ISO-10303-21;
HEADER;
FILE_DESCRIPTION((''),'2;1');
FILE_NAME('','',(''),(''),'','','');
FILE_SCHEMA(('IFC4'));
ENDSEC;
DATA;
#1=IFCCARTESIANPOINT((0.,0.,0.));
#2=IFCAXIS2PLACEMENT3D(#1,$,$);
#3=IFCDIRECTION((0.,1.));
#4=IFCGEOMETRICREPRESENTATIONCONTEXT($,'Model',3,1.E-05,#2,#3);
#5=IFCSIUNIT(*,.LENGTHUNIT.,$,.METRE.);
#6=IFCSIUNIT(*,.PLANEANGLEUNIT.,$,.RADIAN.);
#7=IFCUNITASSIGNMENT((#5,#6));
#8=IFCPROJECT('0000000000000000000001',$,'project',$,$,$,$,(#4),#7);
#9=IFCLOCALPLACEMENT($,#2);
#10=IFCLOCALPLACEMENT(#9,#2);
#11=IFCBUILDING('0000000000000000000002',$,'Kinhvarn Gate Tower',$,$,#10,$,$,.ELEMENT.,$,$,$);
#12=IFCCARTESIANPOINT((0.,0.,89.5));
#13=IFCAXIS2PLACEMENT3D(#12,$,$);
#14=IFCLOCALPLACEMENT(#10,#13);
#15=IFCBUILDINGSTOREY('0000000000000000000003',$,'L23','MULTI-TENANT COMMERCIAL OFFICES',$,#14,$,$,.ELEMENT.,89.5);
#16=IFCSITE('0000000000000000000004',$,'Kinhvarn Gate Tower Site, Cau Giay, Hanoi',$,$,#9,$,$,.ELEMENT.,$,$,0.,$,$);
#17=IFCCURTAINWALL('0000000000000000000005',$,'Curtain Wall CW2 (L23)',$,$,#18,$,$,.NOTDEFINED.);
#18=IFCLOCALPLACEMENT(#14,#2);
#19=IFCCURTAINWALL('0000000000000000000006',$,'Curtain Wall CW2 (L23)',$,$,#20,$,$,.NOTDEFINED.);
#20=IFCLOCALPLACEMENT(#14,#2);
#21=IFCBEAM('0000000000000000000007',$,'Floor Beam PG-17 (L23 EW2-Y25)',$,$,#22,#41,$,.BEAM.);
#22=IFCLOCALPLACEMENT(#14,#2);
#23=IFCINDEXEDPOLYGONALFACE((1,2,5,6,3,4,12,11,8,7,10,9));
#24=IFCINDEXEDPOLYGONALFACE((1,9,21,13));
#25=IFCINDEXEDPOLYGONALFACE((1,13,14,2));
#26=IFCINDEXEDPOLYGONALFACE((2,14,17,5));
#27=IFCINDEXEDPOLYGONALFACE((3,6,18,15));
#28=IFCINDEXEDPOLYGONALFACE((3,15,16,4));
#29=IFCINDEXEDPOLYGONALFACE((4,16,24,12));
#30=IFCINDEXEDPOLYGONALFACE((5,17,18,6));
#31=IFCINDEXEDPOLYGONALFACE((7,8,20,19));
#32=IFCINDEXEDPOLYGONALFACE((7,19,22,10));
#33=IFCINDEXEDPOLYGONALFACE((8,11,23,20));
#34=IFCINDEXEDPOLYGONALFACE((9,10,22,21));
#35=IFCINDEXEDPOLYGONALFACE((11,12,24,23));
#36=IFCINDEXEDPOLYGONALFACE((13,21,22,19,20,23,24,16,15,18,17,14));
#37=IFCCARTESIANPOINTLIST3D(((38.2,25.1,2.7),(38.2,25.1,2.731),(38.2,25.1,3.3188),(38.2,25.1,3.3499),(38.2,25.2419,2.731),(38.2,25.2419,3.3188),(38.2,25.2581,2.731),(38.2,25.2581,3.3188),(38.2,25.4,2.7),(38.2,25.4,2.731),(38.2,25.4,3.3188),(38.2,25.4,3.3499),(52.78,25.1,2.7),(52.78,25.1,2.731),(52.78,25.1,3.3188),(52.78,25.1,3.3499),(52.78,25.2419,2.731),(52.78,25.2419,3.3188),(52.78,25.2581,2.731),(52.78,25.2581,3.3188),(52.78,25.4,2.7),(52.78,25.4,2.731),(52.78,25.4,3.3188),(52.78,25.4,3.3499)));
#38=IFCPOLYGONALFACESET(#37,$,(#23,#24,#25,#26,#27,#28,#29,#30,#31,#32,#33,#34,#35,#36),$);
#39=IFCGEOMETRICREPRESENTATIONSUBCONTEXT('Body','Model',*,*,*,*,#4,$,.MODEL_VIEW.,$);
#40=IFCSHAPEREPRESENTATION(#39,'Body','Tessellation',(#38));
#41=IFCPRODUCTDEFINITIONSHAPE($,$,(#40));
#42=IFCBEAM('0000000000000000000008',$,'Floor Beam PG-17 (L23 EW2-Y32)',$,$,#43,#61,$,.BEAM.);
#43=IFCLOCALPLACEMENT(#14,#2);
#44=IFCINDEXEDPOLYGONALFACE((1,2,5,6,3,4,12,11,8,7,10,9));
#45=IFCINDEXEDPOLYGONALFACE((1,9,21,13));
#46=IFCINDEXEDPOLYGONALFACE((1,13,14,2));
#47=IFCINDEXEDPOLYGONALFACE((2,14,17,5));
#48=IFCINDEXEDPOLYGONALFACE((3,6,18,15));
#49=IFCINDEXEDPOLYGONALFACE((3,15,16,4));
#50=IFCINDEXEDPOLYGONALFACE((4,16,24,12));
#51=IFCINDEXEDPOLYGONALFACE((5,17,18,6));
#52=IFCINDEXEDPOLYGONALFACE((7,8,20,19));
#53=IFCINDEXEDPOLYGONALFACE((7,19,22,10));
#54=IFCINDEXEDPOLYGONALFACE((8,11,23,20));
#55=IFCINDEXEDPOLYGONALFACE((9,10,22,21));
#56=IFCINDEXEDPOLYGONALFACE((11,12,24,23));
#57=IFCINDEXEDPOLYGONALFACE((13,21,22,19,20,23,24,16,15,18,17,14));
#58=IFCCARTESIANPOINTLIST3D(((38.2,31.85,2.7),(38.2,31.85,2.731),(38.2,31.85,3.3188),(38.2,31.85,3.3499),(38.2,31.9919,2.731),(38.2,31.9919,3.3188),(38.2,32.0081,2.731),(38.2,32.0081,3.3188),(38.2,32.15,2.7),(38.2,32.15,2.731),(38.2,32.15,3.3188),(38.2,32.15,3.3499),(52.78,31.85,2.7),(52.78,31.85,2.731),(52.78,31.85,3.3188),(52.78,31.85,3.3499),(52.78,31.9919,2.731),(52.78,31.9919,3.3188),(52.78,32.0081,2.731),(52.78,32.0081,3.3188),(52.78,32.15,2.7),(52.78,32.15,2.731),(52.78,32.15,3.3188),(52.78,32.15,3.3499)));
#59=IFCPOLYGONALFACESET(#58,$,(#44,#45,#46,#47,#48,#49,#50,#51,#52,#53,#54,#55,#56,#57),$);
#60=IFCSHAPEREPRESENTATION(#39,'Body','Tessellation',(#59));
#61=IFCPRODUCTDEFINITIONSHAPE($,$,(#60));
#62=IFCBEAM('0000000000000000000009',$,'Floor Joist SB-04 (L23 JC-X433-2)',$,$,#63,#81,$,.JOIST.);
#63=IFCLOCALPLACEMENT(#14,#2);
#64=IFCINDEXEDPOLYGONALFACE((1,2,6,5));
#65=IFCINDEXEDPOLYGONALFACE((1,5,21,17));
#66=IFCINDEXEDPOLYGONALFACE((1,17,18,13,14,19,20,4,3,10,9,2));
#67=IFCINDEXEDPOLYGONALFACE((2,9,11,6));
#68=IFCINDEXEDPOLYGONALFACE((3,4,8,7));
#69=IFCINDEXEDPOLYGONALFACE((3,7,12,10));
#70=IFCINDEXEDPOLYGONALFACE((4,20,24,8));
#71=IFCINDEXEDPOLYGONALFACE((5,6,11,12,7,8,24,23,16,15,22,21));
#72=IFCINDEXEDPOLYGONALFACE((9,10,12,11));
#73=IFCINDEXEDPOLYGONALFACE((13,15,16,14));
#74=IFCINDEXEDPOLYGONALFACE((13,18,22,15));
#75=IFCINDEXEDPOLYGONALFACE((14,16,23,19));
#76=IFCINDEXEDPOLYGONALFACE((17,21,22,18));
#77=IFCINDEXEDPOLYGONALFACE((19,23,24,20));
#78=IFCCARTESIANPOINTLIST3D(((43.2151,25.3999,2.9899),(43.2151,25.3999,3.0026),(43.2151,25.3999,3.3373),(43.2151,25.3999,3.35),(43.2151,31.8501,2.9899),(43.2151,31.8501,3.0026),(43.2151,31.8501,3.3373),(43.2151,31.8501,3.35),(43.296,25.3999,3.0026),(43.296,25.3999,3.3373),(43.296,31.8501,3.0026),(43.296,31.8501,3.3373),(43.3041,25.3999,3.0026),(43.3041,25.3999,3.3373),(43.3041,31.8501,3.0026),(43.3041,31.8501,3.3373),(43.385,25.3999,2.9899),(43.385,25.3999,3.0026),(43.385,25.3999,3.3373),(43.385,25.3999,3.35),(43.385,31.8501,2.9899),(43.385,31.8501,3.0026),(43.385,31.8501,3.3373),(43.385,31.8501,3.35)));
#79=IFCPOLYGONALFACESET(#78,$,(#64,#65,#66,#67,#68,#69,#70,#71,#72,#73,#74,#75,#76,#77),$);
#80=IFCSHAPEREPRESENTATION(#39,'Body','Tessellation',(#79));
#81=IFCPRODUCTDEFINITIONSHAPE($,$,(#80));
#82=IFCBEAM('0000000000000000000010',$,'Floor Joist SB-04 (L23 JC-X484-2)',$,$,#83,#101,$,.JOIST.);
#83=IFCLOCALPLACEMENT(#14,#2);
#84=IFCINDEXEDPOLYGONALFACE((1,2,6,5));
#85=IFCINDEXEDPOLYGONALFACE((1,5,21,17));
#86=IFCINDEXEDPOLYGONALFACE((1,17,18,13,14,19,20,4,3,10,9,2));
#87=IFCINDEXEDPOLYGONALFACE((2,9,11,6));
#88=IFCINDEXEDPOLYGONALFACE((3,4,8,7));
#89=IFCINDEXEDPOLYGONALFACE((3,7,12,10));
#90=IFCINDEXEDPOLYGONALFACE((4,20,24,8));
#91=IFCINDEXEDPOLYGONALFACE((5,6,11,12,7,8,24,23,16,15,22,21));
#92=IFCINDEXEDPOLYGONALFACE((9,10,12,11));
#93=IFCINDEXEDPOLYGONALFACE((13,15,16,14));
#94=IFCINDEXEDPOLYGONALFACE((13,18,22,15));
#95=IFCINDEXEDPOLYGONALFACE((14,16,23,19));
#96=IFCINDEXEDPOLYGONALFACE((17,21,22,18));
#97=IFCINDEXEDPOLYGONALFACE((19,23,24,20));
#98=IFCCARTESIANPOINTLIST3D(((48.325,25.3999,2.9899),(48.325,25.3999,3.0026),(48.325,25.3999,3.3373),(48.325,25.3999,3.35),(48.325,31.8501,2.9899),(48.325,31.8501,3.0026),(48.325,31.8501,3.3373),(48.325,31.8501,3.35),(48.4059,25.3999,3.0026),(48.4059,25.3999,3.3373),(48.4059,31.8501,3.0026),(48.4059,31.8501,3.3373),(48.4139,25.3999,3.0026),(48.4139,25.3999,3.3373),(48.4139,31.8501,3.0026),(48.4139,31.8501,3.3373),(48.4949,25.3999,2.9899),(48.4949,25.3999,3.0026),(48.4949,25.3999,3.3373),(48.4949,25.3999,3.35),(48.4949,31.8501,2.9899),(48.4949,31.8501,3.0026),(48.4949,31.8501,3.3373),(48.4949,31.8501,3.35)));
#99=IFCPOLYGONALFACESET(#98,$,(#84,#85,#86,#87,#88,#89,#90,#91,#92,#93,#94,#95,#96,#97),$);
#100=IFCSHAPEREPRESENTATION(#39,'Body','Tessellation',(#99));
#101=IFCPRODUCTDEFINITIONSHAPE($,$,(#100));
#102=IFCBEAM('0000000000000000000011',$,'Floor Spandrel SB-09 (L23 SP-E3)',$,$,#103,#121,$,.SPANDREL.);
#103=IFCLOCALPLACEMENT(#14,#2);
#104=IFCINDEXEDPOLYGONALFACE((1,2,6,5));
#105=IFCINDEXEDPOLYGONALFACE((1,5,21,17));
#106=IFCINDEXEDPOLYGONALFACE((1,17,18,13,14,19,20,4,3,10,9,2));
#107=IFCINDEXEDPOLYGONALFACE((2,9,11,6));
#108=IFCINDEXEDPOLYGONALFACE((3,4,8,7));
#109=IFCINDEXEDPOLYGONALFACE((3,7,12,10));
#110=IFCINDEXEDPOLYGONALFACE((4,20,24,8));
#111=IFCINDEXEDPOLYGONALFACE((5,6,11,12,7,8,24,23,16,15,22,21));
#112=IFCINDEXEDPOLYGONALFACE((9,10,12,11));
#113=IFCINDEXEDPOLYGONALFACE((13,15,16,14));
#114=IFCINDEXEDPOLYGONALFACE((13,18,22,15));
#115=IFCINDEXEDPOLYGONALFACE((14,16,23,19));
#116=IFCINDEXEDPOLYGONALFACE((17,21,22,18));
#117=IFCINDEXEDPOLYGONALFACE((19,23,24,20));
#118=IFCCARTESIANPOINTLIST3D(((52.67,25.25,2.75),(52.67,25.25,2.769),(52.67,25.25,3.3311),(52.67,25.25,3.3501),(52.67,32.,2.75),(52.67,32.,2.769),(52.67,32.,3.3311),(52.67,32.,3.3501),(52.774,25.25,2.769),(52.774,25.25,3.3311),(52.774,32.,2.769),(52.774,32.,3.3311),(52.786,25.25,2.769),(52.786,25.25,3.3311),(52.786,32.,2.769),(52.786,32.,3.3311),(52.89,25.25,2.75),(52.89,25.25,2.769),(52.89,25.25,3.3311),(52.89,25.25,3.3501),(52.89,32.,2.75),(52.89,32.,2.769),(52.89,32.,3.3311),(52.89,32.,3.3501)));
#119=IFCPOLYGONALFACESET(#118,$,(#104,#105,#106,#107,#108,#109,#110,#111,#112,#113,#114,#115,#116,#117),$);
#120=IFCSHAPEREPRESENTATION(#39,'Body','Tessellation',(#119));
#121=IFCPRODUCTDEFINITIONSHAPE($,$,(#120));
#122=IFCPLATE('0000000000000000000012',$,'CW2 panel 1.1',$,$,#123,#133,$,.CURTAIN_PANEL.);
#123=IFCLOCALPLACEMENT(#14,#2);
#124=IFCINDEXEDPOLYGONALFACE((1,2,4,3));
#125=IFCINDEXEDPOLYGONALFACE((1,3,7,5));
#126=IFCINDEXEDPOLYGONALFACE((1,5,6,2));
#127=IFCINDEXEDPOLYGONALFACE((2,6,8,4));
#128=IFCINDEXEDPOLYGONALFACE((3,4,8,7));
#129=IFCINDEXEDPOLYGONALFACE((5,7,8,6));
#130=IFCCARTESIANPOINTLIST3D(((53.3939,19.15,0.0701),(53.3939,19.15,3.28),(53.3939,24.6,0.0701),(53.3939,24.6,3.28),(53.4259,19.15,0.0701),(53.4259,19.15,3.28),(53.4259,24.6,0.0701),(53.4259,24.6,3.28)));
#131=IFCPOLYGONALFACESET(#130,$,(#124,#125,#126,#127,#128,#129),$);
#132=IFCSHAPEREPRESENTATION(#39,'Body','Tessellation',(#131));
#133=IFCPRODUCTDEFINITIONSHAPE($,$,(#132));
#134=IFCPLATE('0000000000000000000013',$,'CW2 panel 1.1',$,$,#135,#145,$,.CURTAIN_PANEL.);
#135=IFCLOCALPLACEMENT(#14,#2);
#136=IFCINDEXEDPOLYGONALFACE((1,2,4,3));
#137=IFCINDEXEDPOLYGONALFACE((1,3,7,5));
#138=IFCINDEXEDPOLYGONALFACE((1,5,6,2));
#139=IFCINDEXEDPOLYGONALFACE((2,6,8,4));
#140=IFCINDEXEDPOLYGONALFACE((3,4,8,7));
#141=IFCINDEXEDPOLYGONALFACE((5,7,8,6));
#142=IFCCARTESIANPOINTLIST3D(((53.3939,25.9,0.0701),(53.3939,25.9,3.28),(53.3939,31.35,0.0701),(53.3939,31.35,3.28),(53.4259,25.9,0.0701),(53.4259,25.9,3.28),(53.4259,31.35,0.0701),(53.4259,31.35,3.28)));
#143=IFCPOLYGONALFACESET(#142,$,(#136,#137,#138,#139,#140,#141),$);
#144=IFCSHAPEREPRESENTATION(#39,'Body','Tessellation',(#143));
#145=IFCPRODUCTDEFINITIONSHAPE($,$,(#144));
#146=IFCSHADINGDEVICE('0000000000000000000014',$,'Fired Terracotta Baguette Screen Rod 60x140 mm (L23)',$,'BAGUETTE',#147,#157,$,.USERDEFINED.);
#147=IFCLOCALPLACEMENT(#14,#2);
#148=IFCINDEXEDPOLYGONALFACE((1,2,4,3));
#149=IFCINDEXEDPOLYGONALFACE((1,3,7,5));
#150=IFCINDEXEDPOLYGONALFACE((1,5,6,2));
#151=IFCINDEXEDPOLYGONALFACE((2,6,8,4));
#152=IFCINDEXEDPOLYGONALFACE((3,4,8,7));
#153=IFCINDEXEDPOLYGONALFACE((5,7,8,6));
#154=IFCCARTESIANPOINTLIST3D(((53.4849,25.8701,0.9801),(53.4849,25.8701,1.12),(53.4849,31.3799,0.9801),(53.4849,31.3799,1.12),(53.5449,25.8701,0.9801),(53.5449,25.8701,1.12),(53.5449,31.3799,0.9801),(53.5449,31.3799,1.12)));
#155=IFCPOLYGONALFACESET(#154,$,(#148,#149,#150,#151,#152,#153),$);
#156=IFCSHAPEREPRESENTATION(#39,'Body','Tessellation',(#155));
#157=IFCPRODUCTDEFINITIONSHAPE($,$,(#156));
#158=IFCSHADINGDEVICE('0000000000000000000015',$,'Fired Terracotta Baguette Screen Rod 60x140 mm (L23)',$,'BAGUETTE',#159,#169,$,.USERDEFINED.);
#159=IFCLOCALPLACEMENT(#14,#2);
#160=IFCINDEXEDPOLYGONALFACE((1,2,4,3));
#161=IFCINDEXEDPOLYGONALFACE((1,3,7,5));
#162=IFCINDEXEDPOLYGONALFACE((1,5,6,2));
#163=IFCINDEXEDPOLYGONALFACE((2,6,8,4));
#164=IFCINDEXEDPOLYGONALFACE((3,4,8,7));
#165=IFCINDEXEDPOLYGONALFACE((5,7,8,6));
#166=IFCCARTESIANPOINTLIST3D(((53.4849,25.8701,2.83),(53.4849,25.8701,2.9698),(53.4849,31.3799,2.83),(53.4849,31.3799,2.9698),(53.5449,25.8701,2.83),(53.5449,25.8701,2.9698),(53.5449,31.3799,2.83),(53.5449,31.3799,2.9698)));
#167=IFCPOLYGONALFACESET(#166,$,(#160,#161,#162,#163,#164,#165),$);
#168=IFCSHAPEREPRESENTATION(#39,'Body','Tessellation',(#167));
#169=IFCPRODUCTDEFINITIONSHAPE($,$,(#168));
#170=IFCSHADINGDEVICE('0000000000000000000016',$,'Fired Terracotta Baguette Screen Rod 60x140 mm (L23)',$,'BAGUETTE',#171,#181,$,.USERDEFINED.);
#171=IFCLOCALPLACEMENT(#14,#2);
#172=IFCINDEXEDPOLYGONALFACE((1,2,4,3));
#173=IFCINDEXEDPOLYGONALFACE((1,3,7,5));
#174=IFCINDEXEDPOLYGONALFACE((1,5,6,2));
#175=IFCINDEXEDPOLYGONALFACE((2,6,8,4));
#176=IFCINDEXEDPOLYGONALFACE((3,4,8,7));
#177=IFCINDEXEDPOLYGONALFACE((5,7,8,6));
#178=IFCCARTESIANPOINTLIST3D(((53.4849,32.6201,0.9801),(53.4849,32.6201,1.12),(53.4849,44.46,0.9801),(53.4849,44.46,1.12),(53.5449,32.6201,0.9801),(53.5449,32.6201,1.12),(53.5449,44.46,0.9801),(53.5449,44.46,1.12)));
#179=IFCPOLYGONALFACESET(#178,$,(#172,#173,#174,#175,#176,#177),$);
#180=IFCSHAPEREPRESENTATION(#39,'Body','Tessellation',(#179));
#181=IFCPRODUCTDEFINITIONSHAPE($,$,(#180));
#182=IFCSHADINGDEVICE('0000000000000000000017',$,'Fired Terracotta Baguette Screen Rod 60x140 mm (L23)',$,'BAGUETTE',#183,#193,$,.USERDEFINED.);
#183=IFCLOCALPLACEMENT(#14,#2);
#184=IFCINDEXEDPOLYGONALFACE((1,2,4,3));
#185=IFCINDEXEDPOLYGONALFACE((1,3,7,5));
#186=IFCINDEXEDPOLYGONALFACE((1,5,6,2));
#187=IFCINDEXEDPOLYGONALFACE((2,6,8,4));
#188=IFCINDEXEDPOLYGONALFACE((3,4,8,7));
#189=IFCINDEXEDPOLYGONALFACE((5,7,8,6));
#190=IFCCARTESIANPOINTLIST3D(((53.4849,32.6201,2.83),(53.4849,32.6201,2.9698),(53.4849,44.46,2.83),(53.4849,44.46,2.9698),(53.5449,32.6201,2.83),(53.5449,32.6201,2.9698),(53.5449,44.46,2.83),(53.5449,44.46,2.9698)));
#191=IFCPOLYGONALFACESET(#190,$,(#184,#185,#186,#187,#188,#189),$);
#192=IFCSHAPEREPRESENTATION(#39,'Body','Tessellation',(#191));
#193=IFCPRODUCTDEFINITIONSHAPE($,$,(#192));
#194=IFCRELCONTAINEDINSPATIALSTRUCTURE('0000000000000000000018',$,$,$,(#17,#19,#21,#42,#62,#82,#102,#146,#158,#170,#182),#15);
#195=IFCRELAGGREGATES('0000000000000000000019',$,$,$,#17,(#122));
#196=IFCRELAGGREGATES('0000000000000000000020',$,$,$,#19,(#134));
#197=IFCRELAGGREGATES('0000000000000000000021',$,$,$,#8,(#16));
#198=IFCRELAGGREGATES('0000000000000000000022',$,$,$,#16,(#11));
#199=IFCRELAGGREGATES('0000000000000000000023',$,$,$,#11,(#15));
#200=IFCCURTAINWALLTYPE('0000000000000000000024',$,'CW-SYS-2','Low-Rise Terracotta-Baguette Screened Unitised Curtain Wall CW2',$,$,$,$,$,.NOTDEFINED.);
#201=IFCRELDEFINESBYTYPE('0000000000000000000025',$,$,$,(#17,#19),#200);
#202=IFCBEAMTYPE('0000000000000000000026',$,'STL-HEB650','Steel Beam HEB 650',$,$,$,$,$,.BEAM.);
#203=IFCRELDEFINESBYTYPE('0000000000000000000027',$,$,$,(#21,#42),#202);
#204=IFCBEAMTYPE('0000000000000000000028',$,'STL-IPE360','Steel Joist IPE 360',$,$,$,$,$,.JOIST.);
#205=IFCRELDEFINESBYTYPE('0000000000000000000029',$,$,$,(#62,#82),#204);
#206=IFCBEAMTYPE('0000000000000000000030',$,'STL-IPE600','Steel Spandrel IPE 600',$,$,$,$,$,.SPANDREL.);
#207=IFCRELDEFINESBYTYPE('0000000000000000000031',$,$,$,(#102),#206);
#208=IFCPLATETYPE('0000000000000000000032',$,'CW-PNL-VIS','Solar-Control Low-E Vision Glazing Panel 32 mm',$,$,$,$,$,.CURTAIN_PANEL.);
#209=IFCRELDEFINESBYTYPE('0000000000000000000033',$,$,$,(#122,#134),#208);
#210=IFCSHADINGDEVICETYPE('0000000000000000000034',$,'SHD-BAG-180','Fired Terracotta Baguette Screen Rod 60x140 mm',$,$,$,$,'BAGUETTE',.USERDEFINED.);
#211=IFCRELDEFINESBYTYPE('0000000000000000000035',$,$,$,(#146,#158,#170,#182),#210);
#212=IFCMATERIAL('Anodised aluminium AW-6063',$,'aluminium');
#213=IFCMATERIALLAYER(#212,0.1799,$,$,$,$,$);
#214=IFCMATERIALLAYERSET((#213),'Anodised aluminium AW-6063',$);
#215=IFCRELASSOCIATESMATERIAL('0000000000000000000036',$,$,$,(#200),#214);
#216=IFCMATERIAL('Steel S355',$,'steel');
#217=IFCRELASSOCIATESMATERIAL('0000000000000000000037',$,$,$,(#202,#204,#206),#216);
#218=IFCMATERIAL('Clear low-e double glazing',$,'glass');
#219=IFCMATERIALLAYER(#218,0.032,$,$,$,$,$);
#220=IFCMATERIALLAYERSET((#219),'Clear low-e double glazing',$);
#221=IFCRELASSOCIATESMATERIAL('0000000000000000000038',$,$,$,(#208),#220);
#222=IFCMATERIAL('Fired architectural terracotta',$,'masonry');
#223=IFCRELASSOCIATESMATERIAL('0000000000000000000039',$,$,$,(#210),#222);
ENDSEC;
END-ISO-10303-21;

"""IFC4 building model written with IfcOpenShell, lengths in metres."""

from ifc_helpers import new_model, si_unit, direction, frame, origin, origin_2d, place, context, subcontext, project, spatial, rectangle, i_section, extrude, material, layer, layer_set, material_profile, profile_set, type_object, element, aggregate, save


model = new_model("IFC4")

# Units and contexts
model_context = context("Model", 3, precision=1e-05, world=origin(), true_north=direction((0.0, 1.0)))
body_context = subcontext(model_context, "Body", "Model", "MODEL_VIEW")
ifc_project = project(units=[si_unit("LENGTHUNIT", "METRE"), si_unit("PLANEANGLEUNIT", "RADIAN")], contexts=[model_context])

# Site, building, storey
site_placement = place(None, origin())
site = spatial("IfcSite", under=ifc_project, at=site_placement, Name="Kinhvarn Gate Tower Site, Cau Giay, Hanoi", CompositionType="ELEMENT", RefElevation=0.0)
building_placement = place(site_placement, origin())
building = spatial("IfcBuilding", under=site, at=building_placement, Name="Kinhvarn Gate Tower", CompositionType="ELEMENT")
storey_placement = place(building_placement, frame((0.0, 0.0, 89.5)))
storey = spatial("IfcBuildingStorey", under=building, at=storey_placement, Name="L23", Description="MULTI-TENANT COMMERCIAL OFFICES", CompositionType="ELEMENT", Elevation=89.5)

# Curtain wall
ifc_material_1 = material(Name="Anodised aluminium AW-6063", Category="aluminium")
ifc_layer_1 = layer(ifc_material_1, 0.1799)
ifc_layer_set_1 = layer_set([ifc_layer_1], Name="Anodised aluminium AW-6063")
curtain_wall_type = type_object("IfcCurtainWallType", Name="CW-SYS-2", Description="Low-Rise Terracotta-Baguette Screened Unitised Curtain Wall CW2", PredefinedType="NOTDEFINED", material=ifc_layer_set_1)
curtain_wall_1_placement = place(storey_placement, origin())
curtain_wall_1 = element("IfcCurtainWall", 1, at=curtain_wall_1_placement, inside=storey, type_object=curtain_wall_type, Name="Curtain Wall CW2 (L23)", PredefinedType="NOTDEFINED")

# Curtain wall
curtain_wall_2_placement = place(storey_placement, origin())
curtain_wall_2 = element("IfcCurtainWall", 2, at=curtain_wall_2_placement, inside=storey, type_object=curtain_wall_type, Name="Curtain Wall CW2 (L23)", PredefinedType="NOTDEFINED")

# Beams
ifc_material_2 = material(Name="Steel S355", Category="steel")
ifc_material_profile_1 = material_profile(ifc_material_2, i_section(OverallWidth=0.3, OverallDepth=0.6499, WebThickness=0.0161, FlangeThickness=0.031, at=origin_2d()), Name="HEB 650")
ifc_profile_set_1 = profile_set([ifc_material_profile_1], Name="Steel S355")
beam_type_1 = type_object("IfcBeamType", Name="STL-HEB650", Description="Steel Beam HEB 650", PredefinedType="BEAM", material=ifc_profile_set_1)
for number, where, z_axis, x_axis, name in (
    (3, (38.2, 25.25, 3.0249), (1.0, 0.0, 0.0), (0.0, 1.0, 0.0), "Floor Beam PG-17 (L23 EW2-Y25)"),
    (4, (38.2, 32.0, 3.0249), (1.0, 0.0, 0.0), (0.0, 1.0, 0.0), "Floor Beam PG-17 (L23 EW2-Y32)"),
):
    element("IfcBeam", number, at=place(storey_placement, frame(where, z_axis=z_axis, x_axis=x_axis)), inside=storey, type_object=beam_type_1, Name=name, PredefinedType="BEAM", context=body_context, shape_type="SweptSolid", body=[
        extrude(i_section(OverallWidth=0.3, OverallDepth=0.6499, WebThickness=0.0161, FlangeThickness=0.031, at=origin_2d()), origin(), (0.0, 0.0, 1.0), 14.5801),
    ])
ifc_material_profile_2 = material_profile(ifc_material_2, i_section(OverallWidth=0.1699, OverallDepth=0.3601, WebThickness=0.0081, FlangeThickness=0.0127, at=origin_2d()), Name="IPE 360")
ifc_profile_set_2 = profile_set([ifc_material_profile_2], Name="Steel S355")
beam_type_2 = type_object("IfcBeamType", Name="STL-IPE360", Description="Steel Joist IPE 360", PredefinedType="JOIST", material=ifc_profile_set_2)
for number, where, z_axis, x_axis, name in (
    (5, (43.3, 25.3999, 3.1699), (0.0, 1.0, 0.0), (-1.0, 0.0, 0.0), "Floor Joist SB-04 (L23 JC-X433-2)"),
    (6, (48.4099, 25.3999, 3.1699), (0.0, 1.0, 0.0), (-1.0, 0.0, 0.0), "Floor Joist SB-04 (L23 JC-X484-2)"),
):
    element("IfcBeam", number, at=place(storey_placement, frame(where, z_axis=z_axis, x_axis=x_axis)), inside=storey, type_object=beam_type_2, Name=name, PredefinedType="JOIST", context=body_context, shape_type="SweptSolid", body=[
        extrude(i_section(OverallWidth=0.1699, OverallDepth=0.3601, WebThickness=0.0081, FlangeThickness=0.0127, at=origin_2d()), origin(), (0.0, 0.0, 1.0), 6.4502),
    ])
ifc_material_profile_3 = material_profile(ifc_material_2, i_section(OverallWidth=0.22, OverallDepth=0.6001, WebThickness=0.012, FlangeThickness=0.019, at=origin_2d()), Name="IPE 600")
ifc_profile_set_3 = profile_set([ifc_material_profile_3], Name="Steel S355")
beam_type_3 = type_object("IfcBeamType", Name="STL-IPE600", Description="Steel Spandrel IPE 600", PredefinedType="SPANDREL", material=ifc_profile_set_3)
beam_1_placement = place(storey_placement, frame((52.78, 25.25, 3.05), z_axis=(0.0, 1.0, 0.0), x_axis=(-1.0, 0.0, 0.0)))
element("IfcBeam", 7, at=beam_1_placement, inside=storey, type_object=beam_type_3, Name="Floor Spandrel SB-09 (L23 SP-E3)", PredefinedType="SPANDREL", context=body_context, shape_type="SweptSolid", body=[
    extrude(i_section(OverallWidth=0.22, OverallDepth=0.6001, WebThickness=0.012, FlangeThickness=0.019, at=origin_2d()), origin(), (0.0, 0.0, 1.0), 6.75),
])

# Plates
ifc_material_3 = material(Name="Clear low-e double glazing", Category="glass")
ifc_layer_2 = layer(ifc_material_3, 0.032)
ifc_layer_set_2 = layer_set([ifc_layer_2], Name="Clear low-e double glazing")
plate_type = type_object("IfcPlateType", Name="CW-PNL-VIS", Description="Solar-Control Low-E Vision Glazing Panel 32 mm", PredefinedType="CURTAIN_PANEL", material=ifc_layer_set_2)
plate_1_placement = place(storey_placement, frame((53.4099, 21.875, 0.0701), z_axis=(0.0, 0.0, 1.0), x_axis=(0.0, 1.0, 0.0)))
plate_1 = element("IfcPlate", 8, at=plate_1_placement, type_object=plate_type, Name="CW2 panel 1.1", PredefinedType="CURTAIN_PANEL", context=body_context, shape_type="SweptSolid", body=[
    extrude(rectangle(XDim=5.45, YDim=0.032, at=origin_2d()), origin(), (0.0, 0.0, 1.0), 3.21),
])
aggregate(curtain_wall_1, [plate_1])
plate_2_placement = place(storey_placement, frame((53.4099, 28.625, 0.0701), z_axis=(0.0, 0.0, 1.0), x_axis=(0.0, 1.0, 0.0)))
plate_2 = element("IfcPlate", 9, at=plate_2_placement, type_object=plate_type, Name="CW2 panel 1.1", PredefinedType="CURTAIN_PANEL", context=body_context, shape_type="SweptSolid", body=[
    extrude(rectangle(XDim=5.45, YDim=0.032, at=origin_2d()), origin(), (0.0, 0.0, 1.0), 3.21),
])
aggregate(curtain_wall_2, [plate_2])

# Shading devices
ifc_material_4 = material(Name="Fired architectural terracotta", Category="masonry")
ifc_material_profile_4 = material_profile(ifc_material_4, rectangle(XDim=0.0601, YDim=0.1399, at=origin_2d()), Name="TC 60x140")
ifc_profile_set_4 = profile_set([ifc_material_profile_4], Name="Fired architectural terracotta")
shading_device_type = type_object("IfcShadingDeviceType", Name="SHD-BAG-180", Description="Fired Terracotta Baguette Screen Rod 60x140 mm", ElementType="BAGUETTE", PredefinedType="USERDEFINED", material=ifc_profile_set_4)
for number, where, z_axis, x_axis, name in (
    (10, (53.5149, 25.8701, 1.05), (0.0, 1.0, 0.0), (-1.0, 0.0, 0.0), "Fired Terracotta Baguette Screen Rod 60x140 mm (L23)"),
    (11, (53.5149, 25.8701, 2.8999), (0.0, 1.0, 0.0), (-1.0, 0.0, 0.0), "Fired Terracotta Baguette Screen Rod 60x140 mm (L23)"),
):
    element("IfcShadingDevice", number, at=place(storey_placement, frame(where, z_axis=z_axis, x_axis=x_axis)), inside=storey, type_object=shading_device_type, Name=name, ObjectType="BAGUETTE", PredefinedType="USERDEFINED", context=body_context, shape_type="SweptSolid", body=[
        extrude(rectangle(XDim=0.0601, YDim=0.1399, at=origin_2d()), origin(), (0.0, 0.0, 1.0), 5.5098),
    ])
for number, where, z_axis, x_axis, name in (
    (12, (53.5149, 32.6201, 1.05), (0.0, 1.0, 0.0), (-1.0, 0.0, 0.0), "Fired Terracotta Baguette Screen Rod 60x140 mm (L23)"),
    (13, (53.5149, 32.6201, 2.8999), (0.0, 1.0, 0.0), (-1.0, 0.0, 0.0), "Fired Terracotta Baguette Screen Rod 60x140 mm (L23)"),
):
    element("IfcShadingDevice", number, at=place(storey_placement, frame(where, z_axis=z_axis, x_axis=x_axis)), inside=storey, type_object=shading_device_type, Name=name, ObjectType="BAGUETTE", PredefinedType="USERDEFINED", context=body_context, shape_type="SweptSolid", body=[
        extrude(rectangle(XDim=0.0601, YDim=0.1399, at=origin_2d()), origin(), (0.0, 0.0, 1.0), 11.8398),
    ])

save(model, "model.ifc")
